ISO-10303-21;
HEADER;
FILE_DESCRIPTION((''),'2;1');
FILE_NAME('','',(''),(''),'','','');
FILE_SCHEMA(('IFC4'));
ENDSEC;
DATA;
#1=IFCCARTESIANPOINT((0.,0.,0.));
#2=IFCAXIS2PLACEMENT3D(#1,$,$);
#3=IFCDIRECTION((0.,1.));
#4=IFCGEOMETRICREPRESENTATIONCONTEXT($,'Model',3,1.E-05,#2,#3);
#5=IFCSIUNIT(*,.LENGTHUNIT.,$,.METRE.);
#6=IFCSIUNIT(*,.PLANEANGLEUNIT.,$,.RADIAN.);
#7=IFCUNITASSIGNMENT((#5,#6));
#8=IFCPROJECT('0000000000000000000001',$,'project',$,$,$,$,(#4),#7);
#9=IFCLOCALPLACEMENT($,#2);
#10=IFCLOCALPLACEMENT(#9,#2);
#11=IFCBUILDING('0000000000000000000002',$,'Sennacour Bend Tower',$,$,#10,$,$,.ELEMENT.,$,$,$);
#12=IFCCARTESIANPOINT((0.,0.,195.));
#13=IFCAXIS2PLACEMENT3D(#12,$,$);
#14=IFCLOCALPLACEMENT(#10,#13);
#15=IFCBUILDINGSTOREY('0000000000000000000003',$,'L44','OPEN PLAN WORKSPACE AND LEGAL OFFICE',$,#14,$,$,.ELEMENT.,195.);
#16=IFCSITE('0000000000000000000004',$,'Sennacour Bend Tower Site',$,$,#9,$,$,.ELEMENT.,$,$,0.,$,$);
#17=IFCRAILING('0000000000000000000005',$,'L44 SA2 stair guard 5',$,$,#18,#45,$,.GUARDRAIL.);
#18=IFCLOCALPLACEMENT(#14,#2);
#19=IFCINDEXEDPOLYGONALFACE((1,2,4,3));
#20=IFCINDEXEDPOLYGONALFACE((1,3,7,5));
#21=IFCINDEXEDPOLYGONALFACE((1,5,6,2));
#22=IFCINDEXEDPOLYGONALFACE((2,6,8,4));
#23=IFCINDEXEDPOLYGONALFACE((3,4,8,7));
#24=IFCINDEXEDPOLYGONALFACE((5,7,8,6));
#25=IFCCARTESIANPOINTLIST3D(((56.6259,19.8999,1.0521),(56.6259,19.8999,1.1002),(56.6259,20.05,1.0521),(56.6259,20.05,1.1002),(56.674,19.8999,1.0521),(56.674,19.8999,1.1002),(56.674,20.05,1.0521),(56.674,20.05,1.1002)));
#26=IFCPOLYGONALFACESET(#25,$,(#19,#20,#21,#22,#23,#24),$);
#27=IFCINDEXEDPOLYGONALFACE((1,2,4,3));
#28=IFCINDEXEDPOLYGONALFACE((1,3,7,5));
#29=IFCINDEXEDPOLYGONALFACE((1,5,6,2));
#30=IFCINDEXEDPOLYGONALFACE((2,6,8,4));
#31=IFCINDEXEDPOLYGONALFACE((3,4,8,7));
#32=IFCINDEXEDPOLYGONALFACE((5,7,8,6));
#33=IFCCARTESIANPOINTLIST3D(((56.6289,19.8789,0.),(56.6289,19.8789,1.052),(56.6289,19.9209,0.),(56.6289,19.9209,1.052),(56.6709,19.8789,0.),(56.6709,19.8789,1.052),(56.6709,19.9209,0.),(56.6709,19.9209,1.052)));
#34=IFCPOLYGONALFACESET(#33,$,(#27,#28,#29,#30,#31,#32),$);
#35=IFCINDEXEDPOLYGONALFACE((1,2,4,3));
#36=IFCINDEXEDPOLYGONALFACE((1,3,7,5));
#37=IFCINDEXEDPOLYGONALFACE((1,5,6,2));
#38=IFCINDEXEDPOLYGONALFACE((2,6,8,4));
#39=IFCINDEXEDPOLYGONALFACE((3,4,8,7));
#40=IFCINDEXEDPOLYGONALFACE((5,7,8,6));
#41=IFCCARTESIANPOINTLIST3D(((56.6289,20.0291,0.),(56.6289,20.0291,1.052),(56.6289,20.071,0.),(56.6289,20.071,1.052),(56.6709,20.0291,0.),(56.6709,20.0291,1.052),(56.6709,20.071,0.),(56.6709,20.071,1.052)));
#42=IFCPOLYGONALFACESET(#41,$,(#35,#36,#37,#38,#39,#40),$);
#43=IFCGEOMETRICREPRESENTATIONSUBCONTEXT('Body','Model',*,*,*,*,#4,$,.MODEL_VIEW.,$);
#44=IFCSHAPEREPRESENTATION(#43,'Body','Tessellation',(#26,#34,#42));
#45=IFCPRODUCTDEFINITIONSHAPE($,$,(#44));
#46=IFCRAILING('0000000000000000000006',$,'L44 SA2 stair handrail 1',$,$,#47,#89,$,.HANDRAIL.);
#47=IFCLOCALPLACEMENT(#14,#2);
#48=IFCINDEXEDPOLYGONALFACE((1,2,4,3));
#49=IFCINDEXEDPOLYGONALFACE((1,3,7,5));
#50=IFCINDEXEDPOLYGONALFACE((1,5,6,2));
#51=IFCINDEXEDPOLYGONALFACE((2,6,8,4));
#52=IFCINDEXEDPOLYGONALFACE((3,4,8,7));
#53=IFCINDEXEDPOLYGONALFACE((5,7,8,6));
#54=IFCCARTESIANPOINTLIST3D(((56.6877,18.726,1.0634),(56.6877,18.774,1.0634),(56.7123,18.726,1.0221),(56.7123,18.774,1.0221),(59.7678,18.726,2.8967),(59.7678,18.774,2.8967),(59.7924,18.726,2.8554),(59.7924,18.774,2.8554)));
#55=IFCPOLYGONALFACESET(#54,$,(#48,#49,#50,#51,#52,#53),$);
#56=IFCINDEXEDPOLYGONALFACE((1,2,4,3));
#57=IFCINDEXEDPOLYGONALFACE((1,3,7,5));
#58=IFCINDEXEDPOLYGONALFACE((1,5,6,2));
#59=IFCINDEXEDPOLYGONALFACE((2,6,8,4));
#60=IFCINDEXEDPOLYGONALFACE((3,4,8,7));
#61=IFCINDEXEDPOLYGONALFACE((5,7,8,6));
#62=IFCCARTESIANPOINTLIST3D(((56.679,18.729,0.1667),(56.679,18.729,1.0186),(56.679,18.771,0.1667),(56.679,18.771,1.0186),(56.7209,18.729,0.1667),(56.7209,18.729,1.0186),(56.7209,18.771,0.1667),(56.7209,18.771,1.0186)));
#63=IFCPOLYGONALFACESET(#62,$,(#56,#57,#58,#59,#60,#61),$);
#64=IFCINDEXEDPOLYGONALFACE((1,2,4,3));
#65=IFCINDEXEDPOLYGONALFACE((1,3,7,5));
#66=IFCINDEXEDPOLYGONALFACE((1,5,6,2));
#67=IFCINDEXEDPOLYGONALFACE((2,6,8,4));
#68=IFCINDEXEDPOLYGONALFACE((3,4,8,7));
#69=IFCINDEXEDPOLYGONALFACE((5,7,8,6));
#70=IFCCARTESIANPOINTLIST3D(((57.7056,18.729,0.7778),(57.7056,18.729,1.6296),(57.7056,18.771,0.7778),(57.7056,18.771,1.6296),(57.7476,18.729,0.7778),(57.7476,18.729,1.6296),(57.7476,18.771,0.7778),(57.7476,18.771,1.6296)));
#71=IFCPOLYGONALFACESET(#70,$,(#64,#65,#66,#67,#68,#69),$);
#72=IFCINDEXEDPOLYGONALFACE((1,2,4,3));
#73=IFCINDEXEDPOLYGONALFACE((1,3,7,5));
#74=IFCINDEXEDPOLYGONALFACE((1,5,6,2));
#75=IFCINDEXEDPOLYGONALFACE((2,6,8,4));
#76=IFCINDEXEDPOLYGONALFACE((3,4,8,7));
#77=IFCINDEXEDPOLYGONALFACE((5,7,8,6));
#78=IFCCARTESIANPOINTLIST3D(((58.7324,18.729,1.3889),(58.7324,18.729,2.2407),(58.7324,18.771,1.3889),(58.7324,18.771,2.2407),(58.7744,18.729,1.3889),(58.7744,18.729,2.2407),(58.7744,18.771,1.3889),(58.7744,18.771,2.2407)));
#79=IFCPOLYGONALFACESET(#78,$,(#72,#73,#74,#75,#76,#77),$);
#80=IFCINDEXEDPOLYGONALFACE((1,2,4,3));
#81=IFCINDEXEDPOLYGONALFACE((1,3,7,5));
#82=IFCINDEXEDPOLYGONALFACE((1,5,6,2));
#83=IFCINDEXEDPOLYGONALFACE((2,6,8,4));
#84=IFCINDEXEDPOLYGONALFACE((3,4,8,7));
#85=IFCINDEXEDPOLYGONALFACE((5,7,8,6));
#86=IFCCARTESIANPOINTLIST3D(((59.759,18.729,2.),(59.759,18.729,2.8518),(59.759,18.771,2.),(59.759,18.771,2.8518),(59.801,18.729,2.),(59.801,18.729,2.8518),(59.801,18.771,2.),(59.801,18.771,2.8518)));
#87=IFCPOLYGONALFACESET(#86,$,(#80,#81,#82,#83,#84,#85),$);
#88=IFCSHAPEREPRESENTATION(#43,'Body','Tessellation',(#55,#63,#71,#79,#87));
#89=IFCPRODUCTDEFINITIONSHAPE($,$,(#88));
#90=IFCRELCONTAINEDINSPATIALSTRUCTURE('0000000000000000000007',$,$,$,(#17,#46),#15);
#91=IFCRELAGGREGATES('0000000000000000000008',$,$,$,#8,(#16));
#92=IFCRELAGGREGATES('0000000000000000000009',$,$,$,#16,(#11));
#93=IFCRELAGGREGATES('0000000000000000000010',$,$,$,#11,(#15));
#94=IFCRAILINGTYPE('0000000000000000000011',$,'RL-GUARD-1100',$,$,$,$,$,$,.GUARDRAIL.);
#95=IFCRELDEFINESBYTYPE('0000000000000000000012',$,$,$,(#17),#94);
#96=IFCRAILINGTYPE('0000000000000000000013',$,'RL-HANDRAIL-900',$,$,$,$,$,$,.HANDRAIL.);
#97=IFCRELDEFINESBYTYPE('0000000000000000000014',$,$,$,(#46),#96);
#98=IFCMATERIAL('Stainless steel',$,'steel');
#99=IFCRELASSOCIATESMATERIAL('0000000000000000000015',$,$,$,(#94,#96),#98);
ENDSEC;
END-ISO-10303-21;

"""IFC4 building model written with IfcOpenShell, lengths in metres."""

from ifc_helpers import new_model, si_unit, direction, frame, origin, origin_2d, place, context, subcontext, project, spatial, rectangle, extrude, material, type_object, element, save


model = new_model("IFC4")

# Units and contexts
model_context = context("Model", 3, precision=1e-05, world=origin(), true_north=direction((0.0, 1.0)))
body_context = subcontext(model_context, "Body", "Model", "MODEL_VIEW")
ifc_project = project(units=[si_unit("LENGTHUNIT", "METRE"), si_unit("PLANEANGLEUNIT", "RADIAN")], contexts=[model_context])

# Site, building, storey
site_placement = place(None, origin())
site = spatial("IfcSite", under=ifc_project, at=site_placement, Name="Sennacour Bend Tower Site", CompositionType="ELEMENT", RefElevation=0.0)
building_placement = place(site_placement, origin())
building = spatial("IfcBuilding", under=site, at=building_placement, Name="Sennacour Bend Tower", CompositionType="ELEMENT")
storey_placement = place(building_placement, frame((0.0, 0.0, 195.0)))
storey = spatial("IfcBuildingStorey", under=building, at=storey_placement, Name="L44", Description="OPEN PLAN WORKSPACE AND LEGAL OFFICE", CompositionType="ELEMENT", Elevation=195.0)

# Shared definitions
ifc_material_1 = material(Name="Stainless steel", Category="steel")

# Railings
railing_type_1 = type_object("IfcRailingType", Name="RL-GUARD-1100", PredefinedType="GUARDRAIL", material=ifc_material_1)
railing_1_placement = place(storey_placement, frame((56.6499, 19.8999, 0.0)))
element("IfcRailing", 1, at=railing_1_placement, inside=storey, type_object=railing_type_1, Name="L44 SA2 stair guard 5", PredefinedType="GUARDRAIL", context=body_context, shape_type="SweptSolid", body=[
    extrude(rectangle(XDim=0.0481, YDim=0.0481, at=origin_2d()), frame((0.0, 0.0, 1.0762), z_axis=(0.0, 1.0, 0.0), x_axis=(-1.0, 0.0, 0.0)), (0.0, 0.0, 1.0), 0.1501),
    extrude(rectangle(XDim=0.042, YDim=0.042, at=origin_2d()), origin(), (0.0, 0.0, 1.0), 1.052),
    extrude(rectangle(XDim=0.042, YDim=0.042, at=origin_2d()), frame((0.0, 0.1501, 0.0)), (0.0, 0.0, 1.0), 1.052),
])
railing_type_2 = type_object("IfcRailingType", Name="RL-HANDRAIL-900", PredefinedType="HANDRAIL", material=ifc_material_1)
railing_2_placement = place(storey_placement, frame((56.7, 18.75, 0.1667)))
element("IfcRailing", 2, at=railing_2_placement, inside=storey, type_object=railing_type_2, Name="L44 SA2 stair handrail 1", PredefinedType="HANDRAIL", context=body_context, shape_type="SweptSolid", body=[
    extrude(rectangle(XDim=0.0481, YDim=0.0481, at=origin_2d()), frame((0.0, 0.0, 0.876), z_axis=(0.859309, 0.0, 0.511458), x_axis=(0.0, 1.0, 0.0)), (0.0, 0.0, 1.0), 3.5845),
    extrude(rectangle(XDim=0.042, YDim=0.042, at=origin_2d()), origin(), (0.0, 0.0, 1.0), 0.8518),
    extrude(rectangle(XDim=0.042, YDim=0.042, at=origin_2d()), frame((1.0266, 0.0, 0.6111)), (0.0, 0.0, 1.0), 0.8518),
    extrude(rectangle(XDim=0.042, YDim=0.042, at=origin_2d()), frame((2.0535, 0.0, 1.2222)), (0.0, 0.0, 1.0), 0.8518),
    extrude(rectangle(XDim=0.042, YDim=0.042, at=origin_2d()), frame((3.0801, 0.0, 1.8333)), (0.0, 0.0, 1.0), 0.8518),
])

save(model, "model.ifc")
